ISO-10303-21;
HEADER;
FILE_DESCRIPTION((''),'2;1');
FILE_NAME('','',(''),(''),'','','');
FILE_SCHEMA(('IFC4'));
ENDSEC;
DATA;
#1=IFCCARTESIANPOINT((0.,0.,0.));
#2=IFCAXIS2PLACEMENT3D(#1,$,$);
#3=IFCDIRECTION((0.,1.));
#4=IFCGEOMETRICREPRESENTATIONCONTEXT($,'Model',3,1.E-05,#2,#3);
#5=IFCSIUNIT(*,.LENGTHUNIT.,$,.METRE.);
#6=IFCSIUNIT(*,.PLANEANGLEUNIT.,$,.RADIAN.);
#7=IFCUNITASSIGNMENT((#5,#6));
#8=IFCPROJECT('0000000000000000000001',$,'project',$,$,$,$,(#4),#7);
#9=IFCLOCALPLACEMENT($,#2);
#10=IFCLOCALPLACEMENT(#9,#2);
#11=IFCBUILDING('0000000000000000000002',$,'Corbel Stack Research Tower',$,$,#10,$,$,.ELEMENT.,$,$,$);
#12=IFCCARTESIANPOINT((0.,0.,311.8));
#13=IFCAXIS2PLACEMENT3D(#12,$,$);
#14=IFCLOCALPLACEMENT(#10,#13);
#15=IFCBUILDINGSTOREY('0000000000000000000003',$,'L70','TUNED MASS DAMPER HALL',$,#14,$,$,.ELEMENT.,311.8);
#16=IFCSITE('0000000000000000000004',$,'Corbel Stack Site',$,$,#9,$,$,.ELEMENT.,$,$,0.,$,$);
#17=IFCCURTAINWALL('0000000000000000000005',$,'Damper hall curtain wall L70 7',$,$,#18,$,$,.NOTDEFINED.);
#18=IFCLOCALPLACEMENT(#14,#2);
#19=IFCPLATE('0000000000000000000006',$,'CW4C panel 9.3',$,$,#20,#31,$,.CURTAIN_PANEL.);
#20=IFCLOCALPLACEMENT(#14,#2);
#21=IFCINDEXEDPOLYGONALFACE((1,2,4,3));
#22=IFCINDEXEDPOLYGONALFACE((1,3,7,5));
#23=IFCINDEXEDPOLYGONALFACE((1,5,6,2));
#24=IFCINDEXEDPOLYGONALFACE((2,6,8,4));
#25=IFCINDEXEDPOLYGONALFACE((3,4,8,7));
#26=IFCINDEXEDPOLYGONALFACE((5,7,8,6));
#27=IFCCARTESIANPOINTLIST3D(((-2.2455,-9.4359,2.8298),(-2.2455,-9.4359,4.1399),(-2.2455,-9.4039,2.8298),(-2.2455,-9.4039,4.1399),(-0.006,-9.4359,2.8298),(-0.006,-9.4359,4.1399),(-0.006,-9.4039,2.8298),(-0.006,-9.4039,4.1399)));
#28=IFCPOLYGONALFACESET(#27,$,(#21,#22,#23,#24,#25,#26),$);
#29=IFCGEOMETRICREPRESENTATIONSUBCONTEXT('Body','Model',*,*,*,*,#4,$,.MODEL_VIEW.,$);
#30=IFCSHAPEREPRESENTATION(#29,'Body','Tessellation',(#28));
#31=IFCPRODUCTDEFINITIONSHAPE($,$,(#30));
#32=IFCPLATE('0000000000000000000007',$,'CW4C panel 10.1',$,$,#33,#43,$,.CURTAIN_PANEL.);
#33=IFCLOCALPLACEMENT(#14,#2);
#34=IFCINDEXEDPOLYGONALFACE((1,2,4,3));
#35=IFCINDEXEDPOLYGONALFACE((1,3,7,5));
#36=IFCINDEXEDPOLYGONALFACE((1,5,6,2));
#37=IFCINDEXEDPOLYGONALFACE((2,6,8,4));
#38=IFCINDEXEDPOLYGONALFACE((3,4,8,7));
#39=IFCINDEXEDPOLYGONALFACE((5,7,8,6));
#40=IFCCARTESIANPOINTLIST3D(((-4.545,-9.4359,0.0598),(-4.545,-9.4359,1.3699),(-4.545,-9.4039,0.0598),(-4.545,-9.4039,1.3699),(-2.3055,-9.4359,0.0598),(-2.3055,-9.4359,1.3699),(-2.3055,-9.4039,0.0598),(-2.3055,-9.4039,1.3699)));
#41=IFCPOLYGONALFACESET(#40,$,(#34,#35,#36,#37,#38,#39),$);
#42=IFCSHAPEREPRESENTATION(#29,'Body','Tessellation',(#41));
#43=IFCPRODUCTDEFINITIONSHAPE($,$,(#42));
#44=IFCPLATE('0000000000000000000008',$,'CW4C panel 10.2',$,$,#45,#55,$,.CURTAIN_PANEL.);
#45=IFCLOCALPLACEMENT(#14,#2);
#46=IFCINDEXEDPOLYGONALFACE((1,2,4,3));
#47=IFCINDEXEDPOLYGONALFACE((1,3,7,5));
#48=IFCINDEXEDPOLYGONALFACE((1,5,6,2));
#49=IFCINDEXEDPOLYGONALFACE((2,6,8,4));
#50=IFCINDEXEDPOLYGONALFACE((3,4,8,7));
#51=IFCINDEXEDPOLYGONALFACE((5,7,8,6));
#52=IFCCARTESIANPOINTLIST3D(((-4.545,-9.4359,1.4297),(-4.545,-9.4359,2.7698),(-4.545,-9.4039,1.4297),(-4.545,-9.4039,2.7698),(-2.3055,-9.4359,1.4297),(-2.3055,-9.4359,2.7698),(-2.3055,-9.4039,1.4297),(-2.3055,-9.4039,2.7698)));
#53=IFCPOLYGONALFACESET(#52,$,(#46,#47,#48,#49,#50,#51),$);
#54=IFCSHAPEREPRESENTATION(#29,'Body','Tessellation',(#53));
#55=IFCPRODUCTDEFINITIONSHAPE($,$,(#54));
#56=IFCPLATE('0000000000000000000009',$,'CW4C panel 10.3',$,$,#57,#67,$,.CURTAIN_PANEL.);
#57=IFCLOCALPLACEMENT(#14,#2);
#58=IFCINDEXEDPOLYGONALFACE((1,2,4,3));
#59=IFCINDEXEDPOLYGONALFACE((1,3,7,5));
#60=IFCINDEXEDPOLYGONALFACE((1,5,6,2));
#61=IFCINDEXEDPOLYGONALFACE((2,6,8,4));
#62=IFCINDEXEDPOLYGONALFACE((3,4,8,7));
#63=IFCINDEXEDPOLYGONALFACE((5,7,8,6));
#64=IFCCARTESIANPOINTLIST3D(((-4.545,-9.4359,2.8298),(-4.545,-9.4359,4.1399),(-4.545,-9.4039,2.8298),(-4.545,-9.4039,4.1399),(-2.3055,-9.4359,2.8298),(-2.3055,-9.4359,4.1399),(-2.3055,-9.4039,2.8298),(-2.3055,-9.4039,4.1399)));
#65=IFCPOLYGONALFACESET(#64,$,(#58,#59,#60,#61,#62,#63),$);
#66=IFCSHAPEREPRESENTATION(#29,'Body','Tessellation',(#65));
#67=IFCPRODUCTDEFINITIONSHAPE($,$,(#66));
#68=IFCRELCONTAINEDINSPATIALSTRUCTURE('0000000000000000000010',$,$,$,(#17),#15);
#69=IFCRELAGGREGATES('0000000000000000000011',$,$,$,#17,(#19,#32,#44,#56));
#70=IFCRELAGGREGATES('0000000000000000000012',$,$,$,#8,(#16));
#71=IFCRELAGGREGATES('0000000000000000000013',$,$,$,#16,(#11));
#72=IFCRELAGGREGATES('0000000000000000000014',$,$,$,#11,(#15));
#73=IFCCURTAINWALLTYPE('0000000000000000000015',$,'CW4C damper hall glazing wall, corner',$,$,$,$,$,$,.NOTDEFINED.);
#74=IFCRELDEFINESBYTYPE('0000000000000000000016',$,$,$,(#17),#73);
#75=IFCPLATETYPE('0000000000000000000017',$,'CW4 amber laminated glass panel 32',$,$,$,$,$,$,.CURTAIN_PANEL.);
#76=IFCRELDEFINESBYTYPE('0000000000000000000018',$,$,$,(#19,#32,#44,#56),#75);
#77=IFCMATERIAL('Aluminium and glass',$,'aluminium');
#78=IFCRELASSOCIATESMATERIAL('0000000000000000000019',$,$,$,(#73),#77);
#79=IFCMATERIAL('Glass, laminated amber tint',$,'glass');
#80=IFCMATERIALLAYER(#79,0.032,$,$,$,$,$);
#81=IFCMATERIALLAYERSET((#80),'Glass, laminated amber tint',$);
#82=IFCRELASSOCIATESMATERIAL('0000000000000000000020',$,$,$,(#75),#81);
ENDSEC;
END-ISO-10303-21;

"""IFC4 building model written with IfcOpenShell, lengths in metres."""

from ifc_helpers import new_model, si_unit, direction, frame, origin, origin_2d, place, context, subcontext, project, spatial, rectangle, extrude, material, layer, layer_set, type_object, element, aggregate, save


model = new_model("IFC4")

# Units and contexts
model_context = context("Model", 3, precision=1e-05, world=origin(), true_north=direction((0.0, 1.0)))
body_context = subcontext(model_context, "Body", "Model", "MODEL_VIEW")
ifc_project = project(units=[si_unit("LENGTHUNIT", "METRE"), si_unit("PLANEANGLEUNIT", "RADIAN")], contexts=[model_context])

# Site, building, storey
site_placement = place(None, origin())
site = spatial("IfcSite", under=ifc_project, at=site_placement, Name="Corbel Stack Site", CompositionType="ELEMENT", RefElevation=0.0)
building_placement = place(site_placement, origin())
building = spatial("IfcBuilding", under=site, at=building_placement, Name="Corbel Stack Research Tower", CompositionType="ELEMENT")
storey_placement = place(building_placement, frame((0.0, 0.0, 311.8)))
storey = spatial("IfcBuildingStorey", under=building, at=storey_placement, Name="L70", Description="TUNED MASS DAMPER HALL", CompositionType="ELEMENT", Elevation=311.8)

# Curtain wall, plates
ifc_material_1 = material(Name="Aluminium and glass", Category="aluminium")
curtain_wall_type = type_object("IfcCurtainWallType", Name="CW4C damper hall glazing wall, corner", PredefinedType="NOTDEFINED", material=ifc_material_1)
curtain_wall_placement = place(storey_placement, origin())
curtain_wall = element("IfcCurtainWall", 1, at=curtain_wall_placement, inside=storey, type_object=curtain_wall_type, Name="Damper hall curtain wall L70 7", PredefinedType="NOTDEFINED")
ifc_material_2 = material(Name="Glass, laminated amber tint", Category="glass")
ifc_layer_1 = layer(ifc_material_2, 0.032)
ifc_layer_set_1 = layer_set([ifc_layer_1], Name="Glass, laminated amber tint")
plate_type = type_object("IfcPlateType", Name="CW4 amber laminated glass panel 32", PredefinedType="CURTAIN_PANEL", material=ifc_layer_set_1)
plate_1_placement = place(storey_placement, frame((-1.1257, -9.4199, 2.8298), z_axis=(0.0, 0.0, 1.0), x_axis=(-1.0, 0.0, 0.0)))
plate_1 = element("IfcPlate", 2, at=plate_1_placement, type_object=plate_type, Name="CW4C panel 9.3", PredefinedType="CURTAIN_PANEL", context=body_context, shape_type="SweptSolid", body=[
    extrude(rectangle(XDim=2.2395, YDim=0.032, at=origin_2d()), origin(), (0.0, 0.0, 1.0), 1.3101),
])
plate_2_placement = place(storey_placement, frame((-3.4253, -9.4199, 0.0598), z_axis=(0.0, 0.0, 1.0), x_axis=(-1.0, 0.0, 0.0)))
plate_2 = element("IfcPlate", 3, at=plate_2_placement, type_object=plate_type, Name="CW4C panel 10.1", PredefinedType="CURTAIN_PANEL", context=body_context, shape_type="SweptSolid", body=[
    extrude(rectangle(XDim=2.2395, YDim=0.032, at=origin_2d()), origin(), (0.0, 0.0, 1.0), 1.3101),
])
plate_3_placement = place(storey_placement, frame((-3.4253, -9.4199, 1.4297), z_axis=(0.0, 0.0, 1.0), x_axis=(-1.0, 0.0, 0.0)))
plate_3 = element("IfcPlate", 4, at=plate_3_placement, type_object=plate_type, Name="CW4C panel 10.2", PredefinedType="CURTAIN_PANEL", context=body_context, shape_type="SweptSolid", body=[
    extrude(rectangle(XDim=2.2395, YDim=0.032, at=origin_2d()), origin(), (0.0, 0.0, 1.0), 1.3401),
])
plate_4_placement = place(storey_placement, frame((-3.4253, -9.4199, 2.8298), z_axis=(0.0, 0.0, 1.0), x_axis=(-1.0, 0.0, 0.0)))
plate_4 = element("IfcPlate", 5, at=plate_4_placement, type_object=plate_type, Name="CW4C panel 10.3", PredefinedType="CURTAIN_PANEL", context=body_context, shape_type="SweptSolid", body=[
    extrude(rectangle(XDim=2.2395, YDim=0.032, at=origin_2d()), origin(), (0.0, 0.0, 1.0), 1.3101),
])
aggregate(curtain_wall, [plate_1, plate_2, plate_3, plate_4])

save(model, "model.ifc")
